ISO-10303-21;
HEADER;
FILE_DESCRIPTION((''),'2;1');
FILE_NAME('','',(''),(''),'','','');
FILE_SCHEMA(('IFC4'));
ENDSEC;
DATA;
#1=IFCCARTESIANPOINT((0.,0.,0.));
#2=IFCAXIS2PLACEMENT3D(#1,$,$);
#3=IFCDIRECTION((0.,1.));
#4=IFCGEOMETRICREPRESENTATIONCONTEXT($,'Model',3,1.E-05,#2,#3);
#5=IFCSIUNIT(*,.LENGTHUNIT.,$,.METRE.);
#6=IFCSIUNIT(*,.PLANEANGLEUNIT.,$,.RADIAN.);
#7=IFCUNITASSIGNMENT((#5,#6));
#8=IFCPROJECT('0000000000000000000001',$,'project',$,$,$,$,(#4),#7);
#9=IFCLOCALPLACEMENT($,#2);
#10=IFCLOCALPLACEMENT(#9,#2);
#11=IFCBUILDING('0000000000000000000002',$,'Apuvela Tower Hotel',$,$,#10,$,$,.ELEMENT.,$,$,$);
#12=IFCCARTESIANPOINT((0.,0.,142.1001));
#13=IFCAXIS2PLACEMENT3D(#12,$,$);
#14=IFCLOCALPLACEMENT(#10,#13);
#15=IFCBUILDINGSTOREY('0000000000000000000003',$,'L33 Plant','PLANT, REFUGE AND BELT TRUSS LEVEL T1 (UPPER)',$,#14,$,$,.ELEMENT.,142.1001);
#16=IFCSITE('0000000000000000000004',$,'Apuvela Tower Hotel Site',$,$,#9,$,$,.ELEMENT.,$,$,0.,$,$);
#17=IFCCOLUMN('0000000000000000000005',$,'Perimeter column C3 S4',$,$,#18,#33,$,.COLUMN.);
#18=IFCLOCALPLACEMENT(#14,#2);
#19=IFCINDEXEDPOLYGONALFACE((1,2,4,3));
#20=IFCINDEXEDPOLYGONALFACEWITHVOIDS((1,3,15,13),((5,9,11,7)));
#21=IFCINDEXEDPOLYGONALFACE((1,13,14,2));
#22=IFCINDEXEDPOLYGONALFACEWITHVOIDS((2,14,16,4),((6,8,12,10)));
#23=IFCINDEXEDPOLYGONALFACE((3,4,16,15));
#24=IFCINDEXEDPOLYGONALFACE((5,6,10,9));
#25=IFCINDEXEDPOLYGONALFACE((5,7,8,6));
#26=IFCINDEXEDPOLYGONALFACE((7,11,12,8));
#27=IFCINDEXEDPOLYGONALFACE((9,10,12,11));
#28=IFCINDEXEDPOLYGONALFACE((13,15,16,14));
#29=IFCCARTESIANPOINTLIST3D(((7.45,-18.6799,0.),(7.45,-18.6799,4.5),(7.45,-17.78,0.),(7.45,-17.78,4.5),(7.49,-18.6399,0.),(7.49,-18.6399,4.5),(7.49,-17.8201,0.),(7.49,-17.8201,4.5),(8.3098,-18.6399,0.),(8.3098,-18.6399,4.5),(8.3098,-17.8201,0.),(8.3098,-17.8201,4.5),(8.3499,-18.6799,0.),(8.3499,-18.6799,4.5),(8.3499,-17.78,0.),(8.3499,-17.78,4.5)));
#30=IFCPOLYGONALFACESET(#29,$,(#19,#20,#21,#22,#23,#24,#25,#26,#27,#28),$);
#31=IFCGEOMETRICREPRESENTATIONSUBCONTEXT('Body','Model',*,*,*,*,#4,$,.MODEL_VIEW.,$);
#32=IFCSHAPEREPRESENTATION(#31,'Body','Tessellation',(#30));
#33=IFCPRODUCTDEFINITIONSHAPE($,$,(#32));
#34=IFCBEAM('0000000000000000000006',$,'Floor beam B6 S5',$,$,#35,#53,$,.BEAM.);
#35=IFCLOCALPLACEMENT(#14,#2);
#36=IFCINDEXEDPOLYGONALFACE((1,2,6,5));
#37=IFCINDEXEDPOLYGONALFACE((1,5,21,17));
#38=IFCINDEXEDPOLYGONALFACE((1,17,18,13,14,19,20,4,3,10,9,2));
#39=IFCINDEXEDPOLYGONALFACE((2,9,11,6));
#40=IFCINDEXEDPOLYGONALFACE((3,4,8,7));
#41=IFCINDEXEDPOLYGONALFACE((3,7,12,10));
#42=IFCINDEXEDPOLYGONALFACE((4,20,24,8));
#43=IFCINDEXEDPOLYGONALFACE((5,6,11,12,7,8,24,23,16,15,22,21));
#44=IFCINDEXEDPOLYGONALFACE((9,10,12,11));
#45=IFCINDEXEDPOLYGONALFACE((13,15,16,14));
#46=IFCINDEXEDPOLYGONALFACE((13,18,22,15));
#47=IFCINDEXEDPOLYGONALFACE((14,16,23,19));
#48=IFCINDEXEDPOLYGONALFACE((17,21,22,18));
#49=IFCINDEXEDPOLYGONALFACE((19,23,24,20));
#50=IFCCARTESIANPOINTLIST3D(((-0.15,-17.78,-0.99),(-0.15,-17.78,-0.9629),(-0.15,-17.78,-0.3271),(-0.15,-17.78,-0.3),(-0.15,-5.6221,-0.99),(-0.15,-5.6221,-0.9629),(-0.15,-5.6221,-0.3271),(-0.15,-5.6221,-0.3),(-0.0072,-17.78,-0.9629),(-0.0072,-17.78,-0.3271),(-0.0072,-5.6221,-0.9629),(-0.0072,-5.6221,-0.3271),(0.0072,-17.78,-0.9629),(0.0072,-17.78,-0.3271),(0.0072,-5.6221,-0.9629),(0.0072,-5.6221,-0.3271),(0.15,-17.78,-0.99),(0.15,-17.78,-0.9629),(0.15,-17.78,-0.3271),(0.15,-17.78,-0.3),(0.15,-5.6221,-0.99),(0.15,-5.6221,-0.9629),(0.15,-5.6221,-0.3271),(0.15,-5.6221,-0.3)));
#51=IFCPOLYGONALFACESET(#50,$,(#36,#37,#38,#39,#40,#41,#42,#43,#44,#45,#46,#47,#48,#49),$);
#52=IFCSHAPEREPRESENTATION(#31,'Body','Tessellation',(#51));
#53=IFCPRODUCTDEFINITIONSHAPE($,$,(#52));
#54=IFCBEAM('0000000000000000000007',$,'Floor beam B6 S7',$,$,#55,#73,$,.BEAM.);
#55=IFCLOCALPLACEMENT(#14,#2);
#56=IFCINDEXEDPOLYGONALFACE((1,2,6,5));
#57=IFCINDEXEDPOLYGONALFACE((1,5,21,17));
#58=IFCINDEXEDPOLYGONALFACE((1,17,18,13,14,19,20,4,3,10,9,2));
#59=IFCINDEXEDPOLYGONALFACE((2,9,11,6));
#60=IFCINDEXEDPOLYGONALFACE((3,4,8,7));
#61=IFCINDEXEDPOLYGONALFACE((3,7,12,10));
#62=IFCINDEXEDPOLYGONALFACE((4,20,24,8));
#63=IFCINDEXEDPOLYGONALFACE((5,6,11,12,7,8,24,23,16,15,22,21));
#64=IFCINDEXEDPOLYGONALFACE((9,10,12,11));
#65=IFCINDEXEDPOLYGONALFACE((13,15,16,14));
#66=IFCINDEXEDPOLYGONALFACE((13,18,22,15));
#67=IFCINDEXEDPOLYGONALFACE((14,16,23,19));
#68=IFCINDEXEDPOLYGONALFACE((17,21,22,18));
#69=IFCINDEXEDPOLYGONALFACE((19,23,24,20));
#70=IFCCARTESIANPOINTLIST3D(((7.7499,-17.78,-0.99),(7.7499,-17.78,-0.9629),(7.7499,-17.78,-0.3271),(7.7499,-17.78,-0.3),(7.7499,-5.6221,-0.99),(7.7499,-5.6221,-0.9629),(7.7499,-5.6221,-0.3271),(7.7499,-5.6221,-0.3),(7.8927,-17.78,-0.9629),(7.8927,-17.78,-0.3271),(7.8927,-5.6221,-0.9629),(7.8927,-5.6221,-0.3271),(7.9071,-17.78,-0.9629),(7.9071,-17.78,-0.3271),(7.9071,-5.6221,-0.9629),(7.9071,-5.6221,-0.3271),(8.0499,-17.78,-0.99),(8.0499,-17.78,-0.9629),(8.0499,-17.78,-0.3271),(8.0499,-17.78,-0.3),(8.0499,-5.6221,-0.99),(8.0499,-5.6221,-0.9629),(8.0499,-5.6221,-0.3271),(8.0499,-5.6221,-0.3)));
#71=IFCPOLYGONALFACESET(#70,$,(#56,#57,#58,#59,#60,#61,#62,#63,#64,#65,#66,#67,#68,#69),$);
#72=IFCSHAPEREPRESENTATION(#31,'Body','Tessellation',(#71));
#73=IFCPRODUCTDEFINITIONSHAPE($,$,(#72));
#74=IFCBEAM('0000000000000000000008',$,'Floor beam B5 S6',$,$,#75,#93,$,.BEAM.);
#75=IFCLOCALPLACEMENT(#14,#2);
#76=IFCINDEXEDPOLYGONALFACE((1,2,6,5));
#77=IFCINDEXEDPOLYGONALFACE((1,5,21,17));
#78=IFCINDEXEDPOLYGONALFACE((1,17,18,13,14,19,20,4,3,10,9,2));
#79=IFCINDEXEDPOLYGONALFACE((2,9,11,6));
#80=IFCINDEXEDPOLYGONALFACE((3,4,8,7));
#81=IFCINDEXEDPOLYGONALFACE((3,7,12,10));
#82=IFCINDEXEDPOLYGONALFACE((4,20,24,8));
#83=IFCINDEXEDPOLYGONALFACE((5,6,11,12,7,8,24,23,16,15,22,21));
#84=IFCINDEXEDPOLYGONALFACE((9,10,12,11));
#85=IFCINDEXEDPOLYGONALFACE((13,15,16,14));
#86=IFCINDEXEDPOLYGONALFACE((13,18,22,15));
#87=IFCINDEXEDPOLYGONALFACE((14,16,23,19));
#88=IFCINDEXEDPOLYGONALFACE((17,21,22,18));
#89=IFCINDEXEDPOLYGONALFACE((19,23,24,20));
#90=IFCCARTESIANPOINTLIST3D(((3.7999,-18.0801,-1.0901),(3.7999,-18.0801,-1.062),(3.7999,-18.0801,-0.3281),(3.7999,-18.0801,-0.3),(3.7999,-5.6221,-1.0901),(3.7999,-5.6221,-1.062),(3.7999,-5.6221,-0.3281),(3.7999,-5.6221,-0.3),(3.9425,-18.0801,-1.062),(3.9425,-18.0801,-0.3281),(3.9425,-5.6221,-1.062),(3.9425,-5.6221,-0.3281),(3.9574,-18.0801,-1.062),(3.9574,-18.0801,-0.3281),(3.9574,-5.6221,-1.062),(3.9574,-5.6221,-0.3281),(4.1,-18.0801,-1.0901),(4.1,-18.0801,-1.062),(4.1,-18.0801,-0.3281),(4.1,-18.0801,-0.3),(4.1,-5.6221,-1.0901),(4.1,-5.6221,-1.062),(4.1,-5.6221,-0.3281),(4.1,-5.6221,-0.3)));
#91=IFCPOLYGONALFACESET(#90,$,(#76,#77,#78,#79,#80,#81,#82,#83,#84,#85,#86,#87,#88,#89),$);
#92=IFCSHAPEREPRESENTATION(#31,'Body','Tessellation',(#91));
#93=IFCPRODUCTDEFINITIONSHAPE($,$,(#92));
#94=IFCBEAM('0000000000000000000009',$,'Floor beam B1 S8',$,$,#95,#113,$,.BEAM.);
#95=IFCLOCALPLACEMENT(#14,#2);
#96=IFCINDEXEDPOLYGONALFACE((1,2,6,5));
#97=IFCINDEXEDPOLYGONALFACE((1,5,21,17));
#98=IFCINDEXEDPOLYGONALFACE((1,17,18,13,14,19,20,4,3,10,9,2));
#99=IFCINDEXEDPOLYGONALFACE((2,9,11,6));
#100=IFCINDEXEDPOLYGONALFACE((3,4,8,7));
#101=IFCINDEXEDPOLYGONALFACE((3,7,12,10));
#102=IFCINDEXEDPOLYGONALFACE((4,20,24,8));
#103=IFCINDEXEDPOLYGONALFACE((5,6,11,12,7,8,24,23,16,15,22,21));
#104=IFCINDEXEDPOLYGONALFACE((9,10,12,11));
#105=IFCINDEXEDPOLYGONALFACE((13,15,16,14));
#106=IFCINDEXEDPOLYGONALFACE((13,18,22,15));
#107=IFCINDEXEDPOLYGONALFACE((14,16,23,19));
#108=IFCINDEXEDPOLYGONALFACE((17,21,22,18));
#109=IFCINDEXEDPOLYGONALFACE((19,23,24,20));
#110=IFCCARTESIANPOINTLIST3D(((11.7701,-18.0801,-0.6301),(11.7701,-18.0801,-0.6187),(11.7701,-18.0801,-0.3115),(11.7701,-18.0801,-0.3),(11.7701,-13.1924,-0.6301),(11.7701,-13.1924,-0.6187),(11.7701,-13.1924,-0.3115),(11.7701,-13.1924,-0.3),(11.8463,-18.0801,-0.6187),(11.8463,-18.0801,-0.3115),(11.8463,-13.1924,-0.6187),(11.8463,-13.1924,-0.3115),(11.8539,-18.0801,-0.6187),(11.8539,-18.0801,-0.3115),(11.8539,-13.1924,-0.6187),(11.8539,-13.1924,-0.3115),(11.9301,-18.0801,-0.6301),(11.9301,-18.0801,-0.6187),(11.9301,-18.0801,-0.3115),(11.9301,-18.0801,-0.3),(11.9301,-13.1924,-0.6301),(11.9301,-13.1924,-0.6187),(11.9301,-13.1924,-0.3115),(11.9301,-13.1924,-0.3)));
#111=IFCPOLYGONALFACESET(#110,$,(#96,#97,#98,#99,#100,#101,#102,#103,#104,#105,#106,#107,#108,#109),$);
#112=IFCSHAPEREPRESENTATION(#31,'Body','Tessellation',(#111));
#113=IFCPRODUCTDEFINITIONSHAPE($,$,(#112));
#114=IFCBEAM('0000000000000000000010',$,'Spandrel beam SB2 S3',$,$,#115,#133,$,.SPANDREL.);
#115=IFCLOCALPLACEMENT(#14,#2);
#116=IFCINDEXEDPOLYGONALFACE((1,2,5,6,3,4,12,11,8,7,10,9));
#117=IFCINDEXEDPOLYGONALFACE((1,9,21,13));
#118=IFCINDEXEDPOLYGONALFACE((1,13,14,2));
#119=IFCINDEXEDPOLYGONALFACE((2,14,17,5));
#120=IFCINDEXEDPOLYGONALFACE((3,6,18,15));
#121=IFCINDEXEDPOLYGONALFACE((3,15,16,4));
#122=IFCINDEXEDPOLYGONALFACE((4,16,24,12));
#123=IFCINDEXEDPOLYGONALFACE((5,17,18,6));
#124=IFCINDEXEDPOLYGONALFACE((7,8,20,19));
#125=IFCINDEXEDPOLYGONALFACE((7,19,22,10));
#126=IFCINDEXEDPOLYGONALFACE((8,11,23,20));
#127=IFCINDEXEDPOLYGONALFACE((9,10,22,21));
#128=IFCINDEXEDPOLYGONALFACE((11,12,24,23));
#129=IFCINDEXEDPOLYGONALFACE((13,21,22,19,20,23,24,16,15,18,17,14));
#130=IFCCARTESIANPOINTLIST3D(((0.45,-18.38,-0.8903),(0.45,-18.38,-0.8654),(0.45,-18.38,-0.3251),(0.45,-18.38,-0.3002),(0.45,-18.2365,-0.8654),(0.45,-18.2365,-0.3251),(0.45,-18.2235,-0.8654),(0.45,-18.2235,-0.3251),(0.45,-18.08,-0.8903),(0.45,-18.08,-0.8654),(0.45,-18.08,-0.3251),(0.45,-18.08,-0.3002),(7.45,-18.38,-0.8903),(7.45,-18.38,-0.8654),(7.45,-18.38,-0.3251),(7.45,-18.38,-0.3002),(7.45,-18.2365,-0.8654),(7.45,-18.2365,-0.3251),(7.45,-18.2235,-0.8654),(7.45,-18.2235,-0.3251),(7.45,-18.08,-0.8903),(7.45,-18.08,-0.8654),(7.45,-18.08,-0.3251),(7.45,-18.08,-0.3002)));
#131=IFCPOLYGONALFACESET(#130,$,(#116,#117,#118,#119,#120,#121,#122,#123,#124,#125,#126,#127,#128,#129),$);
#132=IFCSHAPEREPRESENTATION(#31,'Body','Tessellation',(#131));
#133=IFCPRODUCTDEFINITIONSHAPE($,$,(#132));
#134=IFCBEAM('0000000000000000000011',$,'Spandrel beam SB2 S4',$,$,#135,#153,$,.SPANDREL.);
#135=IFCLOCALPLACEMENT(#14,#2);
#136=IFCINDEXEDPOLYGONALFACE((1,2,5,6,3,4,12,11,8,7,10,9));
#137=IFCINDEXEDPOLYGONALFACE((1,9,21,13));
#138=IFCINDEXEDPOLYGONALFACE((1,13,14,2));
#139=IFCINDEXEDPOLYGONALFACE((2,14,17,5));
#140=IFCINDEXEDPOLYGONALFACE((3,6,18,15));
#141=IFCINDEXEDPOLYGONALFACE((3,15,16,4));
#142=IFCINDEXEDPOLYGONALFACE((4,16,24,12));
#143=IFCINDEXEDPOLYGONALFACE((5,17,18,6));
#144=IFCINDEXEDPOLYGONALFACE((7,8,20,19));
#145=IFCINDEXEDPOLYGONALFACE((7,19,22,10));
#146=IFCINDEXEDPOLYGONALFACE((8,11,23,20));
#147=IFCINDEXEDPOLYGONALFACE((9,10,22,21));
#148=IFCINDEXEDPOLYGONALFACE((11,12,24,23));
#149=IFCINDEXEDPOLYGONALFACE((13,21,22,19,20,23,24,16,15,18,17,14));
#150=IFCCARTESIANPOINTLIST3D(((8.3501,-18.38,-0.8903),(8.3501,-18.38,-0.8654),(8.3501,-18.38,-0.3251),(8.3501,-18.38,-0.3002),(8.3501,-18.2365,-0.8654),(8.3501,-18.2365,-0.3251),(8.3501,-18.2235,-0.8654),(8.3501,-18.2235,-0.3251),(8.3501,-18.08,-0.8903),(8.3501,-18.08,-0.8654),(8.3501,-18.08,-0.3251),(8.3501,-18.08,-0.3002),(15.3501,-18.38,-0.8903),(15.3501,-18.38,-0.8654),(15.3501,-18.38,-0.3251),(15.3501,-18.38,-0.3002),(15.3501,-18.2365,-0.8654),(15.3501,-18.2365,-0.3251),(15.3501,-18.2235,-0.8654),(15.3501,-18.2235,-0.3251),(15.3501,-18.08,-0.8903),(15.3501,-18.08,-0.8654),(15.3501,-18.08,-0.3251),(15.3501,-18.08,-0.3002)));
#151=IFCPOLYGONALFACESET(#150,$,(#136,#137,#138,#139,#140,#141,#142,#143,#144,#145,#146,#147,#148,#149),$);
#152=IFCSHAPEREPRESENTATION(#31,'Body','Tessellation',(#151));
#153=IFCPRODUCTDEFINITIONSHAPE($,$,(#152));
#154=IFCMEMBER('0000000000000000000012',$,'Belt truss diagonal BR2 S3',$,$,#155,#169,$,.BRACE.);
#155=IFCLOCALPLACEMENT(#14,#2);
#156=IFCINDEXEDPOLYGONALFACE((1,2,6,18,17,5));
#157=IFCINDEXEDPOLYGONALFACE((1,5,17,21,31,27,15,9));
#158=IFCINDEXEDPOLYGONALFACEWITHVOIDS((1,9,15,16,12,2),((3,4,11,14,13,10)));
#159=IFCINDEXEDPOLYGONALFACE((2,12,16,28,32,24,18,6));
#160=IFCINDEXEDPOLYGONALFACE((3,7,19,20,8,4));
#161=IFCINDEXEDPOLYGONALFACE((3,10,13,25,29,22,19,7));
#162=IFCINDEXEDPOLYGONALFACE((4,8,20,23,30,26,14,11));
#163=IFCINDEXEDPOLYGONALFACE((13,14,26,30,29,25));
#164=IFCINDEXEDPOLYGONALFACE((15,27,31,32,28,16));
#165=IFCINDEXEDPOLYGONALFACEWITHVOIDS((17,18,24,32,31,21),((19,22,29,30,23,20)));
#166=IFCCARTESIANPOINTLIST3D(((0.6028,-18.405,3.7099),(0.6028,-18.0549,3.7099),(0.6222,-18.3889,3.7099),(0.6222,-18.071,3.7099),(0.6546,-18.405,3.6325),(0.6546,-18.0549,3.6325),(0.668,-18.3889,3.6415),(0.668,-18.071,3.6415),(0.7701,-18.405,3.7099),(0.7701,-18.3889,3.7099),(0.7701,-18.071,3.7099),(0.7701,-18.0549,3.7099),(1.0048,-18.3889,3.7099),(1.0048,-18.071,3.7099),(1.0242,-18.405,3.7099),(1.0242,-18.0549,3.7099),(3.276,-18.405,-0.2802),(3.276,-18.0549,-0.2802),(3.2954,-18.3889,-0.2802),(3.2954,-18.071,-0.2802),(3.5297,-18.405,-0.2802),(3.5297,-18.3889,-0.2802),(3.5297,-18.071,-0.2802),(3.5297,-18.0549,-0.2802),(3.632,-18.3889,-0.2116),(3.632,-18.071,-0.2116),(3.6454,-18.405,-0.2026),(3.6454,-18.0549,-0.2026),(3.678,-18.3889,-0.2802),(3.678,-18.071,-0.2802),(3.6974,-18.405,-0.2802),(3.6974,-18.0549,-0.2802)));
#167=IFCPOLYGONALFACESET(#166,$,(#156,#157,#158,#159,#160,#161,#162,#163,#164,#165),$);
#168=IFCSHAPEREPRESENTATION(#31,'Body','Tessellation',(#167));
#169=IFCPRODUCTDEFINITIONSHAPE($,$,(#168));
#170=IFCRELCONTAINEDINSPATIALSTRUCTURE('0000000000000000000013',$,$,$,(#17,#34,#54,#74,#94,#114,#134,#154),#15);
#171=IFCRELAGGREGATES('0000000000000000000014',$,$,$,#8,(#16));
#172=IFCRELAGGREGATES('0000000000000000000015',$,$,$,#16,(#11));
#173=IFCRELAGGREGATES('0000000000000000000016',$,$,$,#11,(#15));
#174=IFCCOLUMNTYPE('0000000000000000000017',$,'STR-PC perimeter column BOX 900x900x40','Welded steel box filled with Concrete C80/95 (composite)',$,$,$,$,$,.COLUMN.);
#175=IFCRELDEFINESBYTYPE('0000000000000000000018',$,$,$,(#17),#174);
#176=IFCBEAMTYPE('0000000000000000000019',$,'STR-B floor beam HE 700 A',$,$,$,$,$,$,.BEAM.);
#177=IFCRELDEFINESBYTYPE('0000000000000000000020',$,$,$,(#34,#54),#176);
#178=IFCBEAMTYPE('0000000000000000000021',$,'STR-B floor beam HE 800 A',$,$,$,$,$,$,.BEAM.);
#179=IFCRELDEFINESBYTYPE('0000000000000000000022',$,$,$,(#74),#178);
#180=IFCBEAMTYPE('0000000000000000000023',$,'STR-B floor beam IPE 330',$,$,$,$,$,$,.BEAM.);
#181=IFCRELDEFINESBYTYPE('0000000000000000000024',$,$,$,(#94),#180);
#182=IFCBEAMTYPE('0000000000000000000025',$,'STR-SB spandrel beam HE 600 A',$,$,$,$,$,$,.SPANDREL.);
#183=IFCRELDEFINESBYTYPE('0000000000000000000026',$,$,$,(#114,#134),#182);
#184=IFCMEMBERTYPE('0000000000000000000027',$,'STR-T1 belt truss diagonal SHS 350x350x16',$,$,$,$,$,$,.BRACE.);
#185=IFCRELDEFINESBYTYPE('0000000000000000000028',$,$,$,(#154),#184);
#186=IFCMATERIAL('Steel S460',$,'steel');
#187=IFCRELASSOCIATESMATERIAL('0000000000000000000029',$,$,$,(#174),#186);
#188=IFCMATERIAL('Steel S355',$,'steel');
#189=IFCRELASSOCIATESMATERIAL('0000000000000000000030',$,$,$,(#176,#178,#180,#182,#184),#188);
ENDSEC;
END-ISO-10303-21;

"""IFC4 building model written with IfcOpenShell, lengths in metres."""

from ifc_helpers import new_model, si_unit, direction, frame, origin, origin_2d, place, context, subcontext, project, spatial, rectangle, hollow_rectangle, i_section, extrude, boolean, halfspace, material, material_profile, profile_set, type_object, element, save


model = new_model("IFC4")

# Units and contexts
model_context = context("Model", 3, precision=1e-05, world=origin(), true_north=direction((0.0, 1.0)))
body_context = subcontext(model_context, "Body", "Model", "MODEL_VIEW")
ifc_project = project(units=[si_unit("LENGTHUNIT", "METRE"), si_unit("PLANEANGLEUNIT", "RADIAN")], contexts=[model_context])

# Site, building, storey
site_placement = place(None, origin())
site = spatial("IfcSite", under=ifc_project, at=site_placement, Name="Apuvela Tower Hotel Site", CompositionType="ELEMENT", RefElevation=0.0)
building_placement = place(site_placement, origin())
building = spatial("IfcBuilding", under=site, at=building_placement, Name="Apuvela Tower Hotel", CompositionType="ELEMENT")
storey_placement = place(building_placement, frame((0.0, 0.0, 142.1001)))
storey = spatial("IfcBuildingStorey", under=building, at=storey_placement, Name="L33 Plant", Description="PLANT, REFUGE AND BELT TRUSS LEVEL T1 (UPPER)", CompositionType="ELEMENT", Elevation=142.1001)

# Column
ifc_material_1 = material(Name="Steel S460", Category="steel")
ifc_material_profile_1 = material_profile(ifc_material_1, hollow_rectangle(XDim=0.8999, YDim=0.8999, WallThickness=0.04, at=origin_2d()), Name="BOX 900x900x40")
ifc_material_2 = material(Name="Concrete C80/95", Category="concrete")
ifc_material_profile_2 = material_profile(ifc_material_2, rectangle(XDim=0.8201, YDim=0.8201, at=origin_2d()), Name="Concrete C80/95 infill")
ifc_profile_set_1 = profile_set([ifc_material_profile_1, ifc_material_profile_2], Name="Steel S460")
column_type = type_object("IfcColumnType", Name="STR-PC perimeter column BOX 900x900x40", Description="Welded steel box filled with Concrete C80/95 (composite)", PredefinedType="COLUMN", material=ifc_profile_set_1)
column_placement = place(storey_placement, frame((7.8999, -18.23, 0.0), z_axis=(0.0, 0.0, 1.0), x_axis=(-1.0, 0.0, 0.0)))
element("IfcColumn", 1, at=column_placement, inside=storey, type_object=column_type, Name="Perimeter column C3 S4", PredefinedType="COLUMN", context=body_context, shape_type="SweptSolid", body=[
    extrude(hollow_rectangle(XDim=0.8999, YDim=0.8999, WallThickness=0.04, at=origin_2d()), origin(), (0.0, 0.0, 1.0), 4.5),
])

# Beams
ifc_material_3 = material(Name="Steel S355", Category="steel")
ifc_material_profile_3 = material_profile(ifc_material_3, i_section(OverallWidth=0.3, OverallDepth=0.6899, WebThickness=0.0144, FlangeThickness=0.0271, at=origin_2d()), Name="HE 700 A")
ifc_profile_set_2 = profile_set([ifc_material_profile_3], Name="Steel S355")
beam_type_1 = type_object("IfcBeamType", Name="STR-B floor beam HE 700 A", PredefinedType="BEAM", material=ifc_profile_set_2)
for number, where, z_axis, x_axis, name in (
    (2, (0.0, -17.78, -0.645), (0.0, 1.0, 0.0), (-1.0, 0.0, 0.0), "Floor beam B6 S5"),
    (3, (7.8999, -17.78, -0.645), (0.0, 1.0, 0.0), (-1.0, 0.0, 0.0), "Floor beam B6 S7"),
):
    element("IfcBeam", number, at=place(storey_placement, frame(where, z_axis=z_axis, x_axis=x_axis)), inside=storey, type_object=beam_type_1, Name=name, PredefinedType="BEAM", context=body_context, shape_type="SweptSolid", body=[
        extrude(i_section(OverallWidth=0.3, OverallDepth=0.6899, WebThickness=0.0144, FlangeThickness=0.0271, at=origin_2d()), origin(), (0.0, 0.0, 1.0), 12.158),
    ])
ifc_material_profile_4 = material_profile(ifc_material_3, i_section(OverallWidth=0.3, OverallDepth=0.79, WebThickness=0.0149, FlangeThickness=0.0281, at=origin_2d()), Name="HE 800 A")
ifc_profile_set_3 = profile_set([ifc_material_profile_4], Name="Steel S355")
beam_type_2 = type_object("IfcBeamType", Name="STR-B floor beam HE 800 A", PredefinedType="BEAM", material=ifc_profile_set_3)
beam_1_placement = place(storey_placement, frame((3.95, -18.0801, -0.6951), z_axis=(0.0, 1.0, 0.0), x_axis=(-1.0, 0.0, 0.0)))
element("IfcBeam", 4, at=beam_1_placement, inside=storey, type_object=beam_type_2, Name="Floor beam B5 S6", PredefinedType="BEAM", context=body_context, shape_type="SweptSolid", body=[
    extrude(i_section(OverallWidth=0.3, OverallDepth=0.79, WebThickness=0.0149, FlangeThickness=0.0281, at=origin_2d()), origin(), (0.0, 0.0, 1.0), 12.458),
])
ifc_material_profile_5 = material_profile(ifc_material_3, i_section(OverallWidth=0.1599, OverallDepth=0.3301, WebThickness=0.0076, FlangeThickness=0.0115, at=origin_2d()), Name="IPE 330")
ifc_profile_set_4 = profile_set([ifc_material_profile_5], Name="Steel S355")
beam_type_3 = type_object("IfcBeamType", Name="STR-B floor beam IPE 330", PredefinedType="BEAM", material=ifc_profile_set_4)
beam_2_placement = place(storey_placement, frame((11.8501, -18.0801, -0.4651), z_axis=(0.0, 1.0, 0.0), x_axis=(-1.0, 0.0, 0.0)))
element("IfcBeam", 5, at=beam_2_placement, inside=storey, type_object=beam_type_3, Name="Floor beam B1 S8", PredefinedType="BEAM", context=body_context, shape_type="SweptSolid", body=[
    extrude(i_section(OverallWidth=0.1599, OverallDepth=0.3301, WebThickness=0.0076, FlangeThickness=0.0115, at=origin_2d()), origin(), (0.0, 0.0, 1.0), 4.8877),
])
ifc_material_profile_6 = material_profile(ifc_material_3, i_section(OverallWidth=0.3, OverallDepth=0.5901, WebThickness=0.0129, FlangeThickness=0.0249, at=origin_2d()), Name="HE 600 A")
ifc_profile_set_5 = profile_set([ifc_material_profile_6], Name="Steel S355")
beam_type_4 = type_object("IfcBeamType", Name="STR-SB spandrel beam HE 600 A", PredefinedType="SPANDREL", material=ifc_profile_set_5)
for number, where, z_axis, x_axis, name in (
    (6, (0.45, -18.23, -0.5952), (1.0, 0.0, 0.0), (0.0, 1.0, 0.0), "Spandrel beam SB2 S3"),
    (7, (8.3501, -18.23, -0.5952), (1.0, 0.0, 0.0), (0.0, 1.0, 0.0), "Spandrel beam SB2 S4"),
):
    element("IfcBeam", number, at=place(storey_placement, frame(where, z_axis=z_axis, x_axis=x_axis)), inside=storey, type_object=beam_type_4, Name=name, PredefinedType="SPANDREL", context=body_context, shape_type="SweptSolid", body=[
        extrude(i_section(OverallWidth=0.3, OverallDepth=0.5901, WebThickness=0.0129, FlangeThickness=0.0249, at=origin_2d()), origin(), (0.0, 0.0, 1.0), 7.0),
    ])

# Member
ifc_material_profile_7 = material_profile(ifc_material_3, hollow_rectangle(XDim=0.3501, YDim=0.3501, WallThickness=0.0161, at=origin_2d()), Name="SHS 350x350x16")
ifc_profile_set_6 = profile_set([ifc_material_profile_7], Name="Steel S355")
member_type = type_object("IfcMemberType", Name="STR-T1 belt truss diagonal SHS 350x350x16", PredefinedType="BRACE", material=ifc_profile_set_6)
member_1_placement = place(storey_placement, frame((3.5, -18.23, -0.3), z_axis=(-0.556592, 0.0, 0.830786), x_axis=(0.830786, 0.0, 0.556592)))
solid_1 = boolean("DIFFERENCE", boolean("DIFFERENCE", extrude(hollow_rectangle(XDim=0.3501, YDim=0.3501, WallThickness=0.0161, at=origin_2d()), frame((0.0, 0.0, -0.2373)), (0.0, 0.0, 1.0), 5.3252), halfspace(frame((0.0, 0.0, 0.0239), z_axis=(0.556592, 0.0, 0.830786), x_axis=(0.830786, 0.0, -0.556592)), True)), halfspace(frame((0.0, 0.0, 4.8267), z_axis=(0.556592, 0.0, 0.830786), x_axis=(0.830786, 0.0, -0.556592)), False))
element("IfcMember", 8, at=member_1_placement, inside=storey, type_object=member_type, Name="Belt truss diagonal BR2 S3", PredefinedType="BRACE", context=body_context, shape_type="SweptSolid", body=[
    boolean("UNION", boolean("DIFFERENCE", boolean("DIFFERENCE", extrude(hollow_rectangle(XDim=0.3501, YDim=0.3501, WallThickness=0.0161, at=origin_2d()), origin(), (0.0, 0.0, 1.0), 4.8508), halfspace(frame((0.0, 0.0, 0.0239), z_axis=(0.556592, 0.0, 0.830786), x_axis=(0.830786, 0.0, -0.556592)), True)), halfspace(frame((0.0, 0.0, 4.8267), z_axis=(0.556592, 0.0, 0.830786), x_axis=(0.830786, 0.0, -0.556592)), False)), solid_1),
])

save(model, "model.ifc")
